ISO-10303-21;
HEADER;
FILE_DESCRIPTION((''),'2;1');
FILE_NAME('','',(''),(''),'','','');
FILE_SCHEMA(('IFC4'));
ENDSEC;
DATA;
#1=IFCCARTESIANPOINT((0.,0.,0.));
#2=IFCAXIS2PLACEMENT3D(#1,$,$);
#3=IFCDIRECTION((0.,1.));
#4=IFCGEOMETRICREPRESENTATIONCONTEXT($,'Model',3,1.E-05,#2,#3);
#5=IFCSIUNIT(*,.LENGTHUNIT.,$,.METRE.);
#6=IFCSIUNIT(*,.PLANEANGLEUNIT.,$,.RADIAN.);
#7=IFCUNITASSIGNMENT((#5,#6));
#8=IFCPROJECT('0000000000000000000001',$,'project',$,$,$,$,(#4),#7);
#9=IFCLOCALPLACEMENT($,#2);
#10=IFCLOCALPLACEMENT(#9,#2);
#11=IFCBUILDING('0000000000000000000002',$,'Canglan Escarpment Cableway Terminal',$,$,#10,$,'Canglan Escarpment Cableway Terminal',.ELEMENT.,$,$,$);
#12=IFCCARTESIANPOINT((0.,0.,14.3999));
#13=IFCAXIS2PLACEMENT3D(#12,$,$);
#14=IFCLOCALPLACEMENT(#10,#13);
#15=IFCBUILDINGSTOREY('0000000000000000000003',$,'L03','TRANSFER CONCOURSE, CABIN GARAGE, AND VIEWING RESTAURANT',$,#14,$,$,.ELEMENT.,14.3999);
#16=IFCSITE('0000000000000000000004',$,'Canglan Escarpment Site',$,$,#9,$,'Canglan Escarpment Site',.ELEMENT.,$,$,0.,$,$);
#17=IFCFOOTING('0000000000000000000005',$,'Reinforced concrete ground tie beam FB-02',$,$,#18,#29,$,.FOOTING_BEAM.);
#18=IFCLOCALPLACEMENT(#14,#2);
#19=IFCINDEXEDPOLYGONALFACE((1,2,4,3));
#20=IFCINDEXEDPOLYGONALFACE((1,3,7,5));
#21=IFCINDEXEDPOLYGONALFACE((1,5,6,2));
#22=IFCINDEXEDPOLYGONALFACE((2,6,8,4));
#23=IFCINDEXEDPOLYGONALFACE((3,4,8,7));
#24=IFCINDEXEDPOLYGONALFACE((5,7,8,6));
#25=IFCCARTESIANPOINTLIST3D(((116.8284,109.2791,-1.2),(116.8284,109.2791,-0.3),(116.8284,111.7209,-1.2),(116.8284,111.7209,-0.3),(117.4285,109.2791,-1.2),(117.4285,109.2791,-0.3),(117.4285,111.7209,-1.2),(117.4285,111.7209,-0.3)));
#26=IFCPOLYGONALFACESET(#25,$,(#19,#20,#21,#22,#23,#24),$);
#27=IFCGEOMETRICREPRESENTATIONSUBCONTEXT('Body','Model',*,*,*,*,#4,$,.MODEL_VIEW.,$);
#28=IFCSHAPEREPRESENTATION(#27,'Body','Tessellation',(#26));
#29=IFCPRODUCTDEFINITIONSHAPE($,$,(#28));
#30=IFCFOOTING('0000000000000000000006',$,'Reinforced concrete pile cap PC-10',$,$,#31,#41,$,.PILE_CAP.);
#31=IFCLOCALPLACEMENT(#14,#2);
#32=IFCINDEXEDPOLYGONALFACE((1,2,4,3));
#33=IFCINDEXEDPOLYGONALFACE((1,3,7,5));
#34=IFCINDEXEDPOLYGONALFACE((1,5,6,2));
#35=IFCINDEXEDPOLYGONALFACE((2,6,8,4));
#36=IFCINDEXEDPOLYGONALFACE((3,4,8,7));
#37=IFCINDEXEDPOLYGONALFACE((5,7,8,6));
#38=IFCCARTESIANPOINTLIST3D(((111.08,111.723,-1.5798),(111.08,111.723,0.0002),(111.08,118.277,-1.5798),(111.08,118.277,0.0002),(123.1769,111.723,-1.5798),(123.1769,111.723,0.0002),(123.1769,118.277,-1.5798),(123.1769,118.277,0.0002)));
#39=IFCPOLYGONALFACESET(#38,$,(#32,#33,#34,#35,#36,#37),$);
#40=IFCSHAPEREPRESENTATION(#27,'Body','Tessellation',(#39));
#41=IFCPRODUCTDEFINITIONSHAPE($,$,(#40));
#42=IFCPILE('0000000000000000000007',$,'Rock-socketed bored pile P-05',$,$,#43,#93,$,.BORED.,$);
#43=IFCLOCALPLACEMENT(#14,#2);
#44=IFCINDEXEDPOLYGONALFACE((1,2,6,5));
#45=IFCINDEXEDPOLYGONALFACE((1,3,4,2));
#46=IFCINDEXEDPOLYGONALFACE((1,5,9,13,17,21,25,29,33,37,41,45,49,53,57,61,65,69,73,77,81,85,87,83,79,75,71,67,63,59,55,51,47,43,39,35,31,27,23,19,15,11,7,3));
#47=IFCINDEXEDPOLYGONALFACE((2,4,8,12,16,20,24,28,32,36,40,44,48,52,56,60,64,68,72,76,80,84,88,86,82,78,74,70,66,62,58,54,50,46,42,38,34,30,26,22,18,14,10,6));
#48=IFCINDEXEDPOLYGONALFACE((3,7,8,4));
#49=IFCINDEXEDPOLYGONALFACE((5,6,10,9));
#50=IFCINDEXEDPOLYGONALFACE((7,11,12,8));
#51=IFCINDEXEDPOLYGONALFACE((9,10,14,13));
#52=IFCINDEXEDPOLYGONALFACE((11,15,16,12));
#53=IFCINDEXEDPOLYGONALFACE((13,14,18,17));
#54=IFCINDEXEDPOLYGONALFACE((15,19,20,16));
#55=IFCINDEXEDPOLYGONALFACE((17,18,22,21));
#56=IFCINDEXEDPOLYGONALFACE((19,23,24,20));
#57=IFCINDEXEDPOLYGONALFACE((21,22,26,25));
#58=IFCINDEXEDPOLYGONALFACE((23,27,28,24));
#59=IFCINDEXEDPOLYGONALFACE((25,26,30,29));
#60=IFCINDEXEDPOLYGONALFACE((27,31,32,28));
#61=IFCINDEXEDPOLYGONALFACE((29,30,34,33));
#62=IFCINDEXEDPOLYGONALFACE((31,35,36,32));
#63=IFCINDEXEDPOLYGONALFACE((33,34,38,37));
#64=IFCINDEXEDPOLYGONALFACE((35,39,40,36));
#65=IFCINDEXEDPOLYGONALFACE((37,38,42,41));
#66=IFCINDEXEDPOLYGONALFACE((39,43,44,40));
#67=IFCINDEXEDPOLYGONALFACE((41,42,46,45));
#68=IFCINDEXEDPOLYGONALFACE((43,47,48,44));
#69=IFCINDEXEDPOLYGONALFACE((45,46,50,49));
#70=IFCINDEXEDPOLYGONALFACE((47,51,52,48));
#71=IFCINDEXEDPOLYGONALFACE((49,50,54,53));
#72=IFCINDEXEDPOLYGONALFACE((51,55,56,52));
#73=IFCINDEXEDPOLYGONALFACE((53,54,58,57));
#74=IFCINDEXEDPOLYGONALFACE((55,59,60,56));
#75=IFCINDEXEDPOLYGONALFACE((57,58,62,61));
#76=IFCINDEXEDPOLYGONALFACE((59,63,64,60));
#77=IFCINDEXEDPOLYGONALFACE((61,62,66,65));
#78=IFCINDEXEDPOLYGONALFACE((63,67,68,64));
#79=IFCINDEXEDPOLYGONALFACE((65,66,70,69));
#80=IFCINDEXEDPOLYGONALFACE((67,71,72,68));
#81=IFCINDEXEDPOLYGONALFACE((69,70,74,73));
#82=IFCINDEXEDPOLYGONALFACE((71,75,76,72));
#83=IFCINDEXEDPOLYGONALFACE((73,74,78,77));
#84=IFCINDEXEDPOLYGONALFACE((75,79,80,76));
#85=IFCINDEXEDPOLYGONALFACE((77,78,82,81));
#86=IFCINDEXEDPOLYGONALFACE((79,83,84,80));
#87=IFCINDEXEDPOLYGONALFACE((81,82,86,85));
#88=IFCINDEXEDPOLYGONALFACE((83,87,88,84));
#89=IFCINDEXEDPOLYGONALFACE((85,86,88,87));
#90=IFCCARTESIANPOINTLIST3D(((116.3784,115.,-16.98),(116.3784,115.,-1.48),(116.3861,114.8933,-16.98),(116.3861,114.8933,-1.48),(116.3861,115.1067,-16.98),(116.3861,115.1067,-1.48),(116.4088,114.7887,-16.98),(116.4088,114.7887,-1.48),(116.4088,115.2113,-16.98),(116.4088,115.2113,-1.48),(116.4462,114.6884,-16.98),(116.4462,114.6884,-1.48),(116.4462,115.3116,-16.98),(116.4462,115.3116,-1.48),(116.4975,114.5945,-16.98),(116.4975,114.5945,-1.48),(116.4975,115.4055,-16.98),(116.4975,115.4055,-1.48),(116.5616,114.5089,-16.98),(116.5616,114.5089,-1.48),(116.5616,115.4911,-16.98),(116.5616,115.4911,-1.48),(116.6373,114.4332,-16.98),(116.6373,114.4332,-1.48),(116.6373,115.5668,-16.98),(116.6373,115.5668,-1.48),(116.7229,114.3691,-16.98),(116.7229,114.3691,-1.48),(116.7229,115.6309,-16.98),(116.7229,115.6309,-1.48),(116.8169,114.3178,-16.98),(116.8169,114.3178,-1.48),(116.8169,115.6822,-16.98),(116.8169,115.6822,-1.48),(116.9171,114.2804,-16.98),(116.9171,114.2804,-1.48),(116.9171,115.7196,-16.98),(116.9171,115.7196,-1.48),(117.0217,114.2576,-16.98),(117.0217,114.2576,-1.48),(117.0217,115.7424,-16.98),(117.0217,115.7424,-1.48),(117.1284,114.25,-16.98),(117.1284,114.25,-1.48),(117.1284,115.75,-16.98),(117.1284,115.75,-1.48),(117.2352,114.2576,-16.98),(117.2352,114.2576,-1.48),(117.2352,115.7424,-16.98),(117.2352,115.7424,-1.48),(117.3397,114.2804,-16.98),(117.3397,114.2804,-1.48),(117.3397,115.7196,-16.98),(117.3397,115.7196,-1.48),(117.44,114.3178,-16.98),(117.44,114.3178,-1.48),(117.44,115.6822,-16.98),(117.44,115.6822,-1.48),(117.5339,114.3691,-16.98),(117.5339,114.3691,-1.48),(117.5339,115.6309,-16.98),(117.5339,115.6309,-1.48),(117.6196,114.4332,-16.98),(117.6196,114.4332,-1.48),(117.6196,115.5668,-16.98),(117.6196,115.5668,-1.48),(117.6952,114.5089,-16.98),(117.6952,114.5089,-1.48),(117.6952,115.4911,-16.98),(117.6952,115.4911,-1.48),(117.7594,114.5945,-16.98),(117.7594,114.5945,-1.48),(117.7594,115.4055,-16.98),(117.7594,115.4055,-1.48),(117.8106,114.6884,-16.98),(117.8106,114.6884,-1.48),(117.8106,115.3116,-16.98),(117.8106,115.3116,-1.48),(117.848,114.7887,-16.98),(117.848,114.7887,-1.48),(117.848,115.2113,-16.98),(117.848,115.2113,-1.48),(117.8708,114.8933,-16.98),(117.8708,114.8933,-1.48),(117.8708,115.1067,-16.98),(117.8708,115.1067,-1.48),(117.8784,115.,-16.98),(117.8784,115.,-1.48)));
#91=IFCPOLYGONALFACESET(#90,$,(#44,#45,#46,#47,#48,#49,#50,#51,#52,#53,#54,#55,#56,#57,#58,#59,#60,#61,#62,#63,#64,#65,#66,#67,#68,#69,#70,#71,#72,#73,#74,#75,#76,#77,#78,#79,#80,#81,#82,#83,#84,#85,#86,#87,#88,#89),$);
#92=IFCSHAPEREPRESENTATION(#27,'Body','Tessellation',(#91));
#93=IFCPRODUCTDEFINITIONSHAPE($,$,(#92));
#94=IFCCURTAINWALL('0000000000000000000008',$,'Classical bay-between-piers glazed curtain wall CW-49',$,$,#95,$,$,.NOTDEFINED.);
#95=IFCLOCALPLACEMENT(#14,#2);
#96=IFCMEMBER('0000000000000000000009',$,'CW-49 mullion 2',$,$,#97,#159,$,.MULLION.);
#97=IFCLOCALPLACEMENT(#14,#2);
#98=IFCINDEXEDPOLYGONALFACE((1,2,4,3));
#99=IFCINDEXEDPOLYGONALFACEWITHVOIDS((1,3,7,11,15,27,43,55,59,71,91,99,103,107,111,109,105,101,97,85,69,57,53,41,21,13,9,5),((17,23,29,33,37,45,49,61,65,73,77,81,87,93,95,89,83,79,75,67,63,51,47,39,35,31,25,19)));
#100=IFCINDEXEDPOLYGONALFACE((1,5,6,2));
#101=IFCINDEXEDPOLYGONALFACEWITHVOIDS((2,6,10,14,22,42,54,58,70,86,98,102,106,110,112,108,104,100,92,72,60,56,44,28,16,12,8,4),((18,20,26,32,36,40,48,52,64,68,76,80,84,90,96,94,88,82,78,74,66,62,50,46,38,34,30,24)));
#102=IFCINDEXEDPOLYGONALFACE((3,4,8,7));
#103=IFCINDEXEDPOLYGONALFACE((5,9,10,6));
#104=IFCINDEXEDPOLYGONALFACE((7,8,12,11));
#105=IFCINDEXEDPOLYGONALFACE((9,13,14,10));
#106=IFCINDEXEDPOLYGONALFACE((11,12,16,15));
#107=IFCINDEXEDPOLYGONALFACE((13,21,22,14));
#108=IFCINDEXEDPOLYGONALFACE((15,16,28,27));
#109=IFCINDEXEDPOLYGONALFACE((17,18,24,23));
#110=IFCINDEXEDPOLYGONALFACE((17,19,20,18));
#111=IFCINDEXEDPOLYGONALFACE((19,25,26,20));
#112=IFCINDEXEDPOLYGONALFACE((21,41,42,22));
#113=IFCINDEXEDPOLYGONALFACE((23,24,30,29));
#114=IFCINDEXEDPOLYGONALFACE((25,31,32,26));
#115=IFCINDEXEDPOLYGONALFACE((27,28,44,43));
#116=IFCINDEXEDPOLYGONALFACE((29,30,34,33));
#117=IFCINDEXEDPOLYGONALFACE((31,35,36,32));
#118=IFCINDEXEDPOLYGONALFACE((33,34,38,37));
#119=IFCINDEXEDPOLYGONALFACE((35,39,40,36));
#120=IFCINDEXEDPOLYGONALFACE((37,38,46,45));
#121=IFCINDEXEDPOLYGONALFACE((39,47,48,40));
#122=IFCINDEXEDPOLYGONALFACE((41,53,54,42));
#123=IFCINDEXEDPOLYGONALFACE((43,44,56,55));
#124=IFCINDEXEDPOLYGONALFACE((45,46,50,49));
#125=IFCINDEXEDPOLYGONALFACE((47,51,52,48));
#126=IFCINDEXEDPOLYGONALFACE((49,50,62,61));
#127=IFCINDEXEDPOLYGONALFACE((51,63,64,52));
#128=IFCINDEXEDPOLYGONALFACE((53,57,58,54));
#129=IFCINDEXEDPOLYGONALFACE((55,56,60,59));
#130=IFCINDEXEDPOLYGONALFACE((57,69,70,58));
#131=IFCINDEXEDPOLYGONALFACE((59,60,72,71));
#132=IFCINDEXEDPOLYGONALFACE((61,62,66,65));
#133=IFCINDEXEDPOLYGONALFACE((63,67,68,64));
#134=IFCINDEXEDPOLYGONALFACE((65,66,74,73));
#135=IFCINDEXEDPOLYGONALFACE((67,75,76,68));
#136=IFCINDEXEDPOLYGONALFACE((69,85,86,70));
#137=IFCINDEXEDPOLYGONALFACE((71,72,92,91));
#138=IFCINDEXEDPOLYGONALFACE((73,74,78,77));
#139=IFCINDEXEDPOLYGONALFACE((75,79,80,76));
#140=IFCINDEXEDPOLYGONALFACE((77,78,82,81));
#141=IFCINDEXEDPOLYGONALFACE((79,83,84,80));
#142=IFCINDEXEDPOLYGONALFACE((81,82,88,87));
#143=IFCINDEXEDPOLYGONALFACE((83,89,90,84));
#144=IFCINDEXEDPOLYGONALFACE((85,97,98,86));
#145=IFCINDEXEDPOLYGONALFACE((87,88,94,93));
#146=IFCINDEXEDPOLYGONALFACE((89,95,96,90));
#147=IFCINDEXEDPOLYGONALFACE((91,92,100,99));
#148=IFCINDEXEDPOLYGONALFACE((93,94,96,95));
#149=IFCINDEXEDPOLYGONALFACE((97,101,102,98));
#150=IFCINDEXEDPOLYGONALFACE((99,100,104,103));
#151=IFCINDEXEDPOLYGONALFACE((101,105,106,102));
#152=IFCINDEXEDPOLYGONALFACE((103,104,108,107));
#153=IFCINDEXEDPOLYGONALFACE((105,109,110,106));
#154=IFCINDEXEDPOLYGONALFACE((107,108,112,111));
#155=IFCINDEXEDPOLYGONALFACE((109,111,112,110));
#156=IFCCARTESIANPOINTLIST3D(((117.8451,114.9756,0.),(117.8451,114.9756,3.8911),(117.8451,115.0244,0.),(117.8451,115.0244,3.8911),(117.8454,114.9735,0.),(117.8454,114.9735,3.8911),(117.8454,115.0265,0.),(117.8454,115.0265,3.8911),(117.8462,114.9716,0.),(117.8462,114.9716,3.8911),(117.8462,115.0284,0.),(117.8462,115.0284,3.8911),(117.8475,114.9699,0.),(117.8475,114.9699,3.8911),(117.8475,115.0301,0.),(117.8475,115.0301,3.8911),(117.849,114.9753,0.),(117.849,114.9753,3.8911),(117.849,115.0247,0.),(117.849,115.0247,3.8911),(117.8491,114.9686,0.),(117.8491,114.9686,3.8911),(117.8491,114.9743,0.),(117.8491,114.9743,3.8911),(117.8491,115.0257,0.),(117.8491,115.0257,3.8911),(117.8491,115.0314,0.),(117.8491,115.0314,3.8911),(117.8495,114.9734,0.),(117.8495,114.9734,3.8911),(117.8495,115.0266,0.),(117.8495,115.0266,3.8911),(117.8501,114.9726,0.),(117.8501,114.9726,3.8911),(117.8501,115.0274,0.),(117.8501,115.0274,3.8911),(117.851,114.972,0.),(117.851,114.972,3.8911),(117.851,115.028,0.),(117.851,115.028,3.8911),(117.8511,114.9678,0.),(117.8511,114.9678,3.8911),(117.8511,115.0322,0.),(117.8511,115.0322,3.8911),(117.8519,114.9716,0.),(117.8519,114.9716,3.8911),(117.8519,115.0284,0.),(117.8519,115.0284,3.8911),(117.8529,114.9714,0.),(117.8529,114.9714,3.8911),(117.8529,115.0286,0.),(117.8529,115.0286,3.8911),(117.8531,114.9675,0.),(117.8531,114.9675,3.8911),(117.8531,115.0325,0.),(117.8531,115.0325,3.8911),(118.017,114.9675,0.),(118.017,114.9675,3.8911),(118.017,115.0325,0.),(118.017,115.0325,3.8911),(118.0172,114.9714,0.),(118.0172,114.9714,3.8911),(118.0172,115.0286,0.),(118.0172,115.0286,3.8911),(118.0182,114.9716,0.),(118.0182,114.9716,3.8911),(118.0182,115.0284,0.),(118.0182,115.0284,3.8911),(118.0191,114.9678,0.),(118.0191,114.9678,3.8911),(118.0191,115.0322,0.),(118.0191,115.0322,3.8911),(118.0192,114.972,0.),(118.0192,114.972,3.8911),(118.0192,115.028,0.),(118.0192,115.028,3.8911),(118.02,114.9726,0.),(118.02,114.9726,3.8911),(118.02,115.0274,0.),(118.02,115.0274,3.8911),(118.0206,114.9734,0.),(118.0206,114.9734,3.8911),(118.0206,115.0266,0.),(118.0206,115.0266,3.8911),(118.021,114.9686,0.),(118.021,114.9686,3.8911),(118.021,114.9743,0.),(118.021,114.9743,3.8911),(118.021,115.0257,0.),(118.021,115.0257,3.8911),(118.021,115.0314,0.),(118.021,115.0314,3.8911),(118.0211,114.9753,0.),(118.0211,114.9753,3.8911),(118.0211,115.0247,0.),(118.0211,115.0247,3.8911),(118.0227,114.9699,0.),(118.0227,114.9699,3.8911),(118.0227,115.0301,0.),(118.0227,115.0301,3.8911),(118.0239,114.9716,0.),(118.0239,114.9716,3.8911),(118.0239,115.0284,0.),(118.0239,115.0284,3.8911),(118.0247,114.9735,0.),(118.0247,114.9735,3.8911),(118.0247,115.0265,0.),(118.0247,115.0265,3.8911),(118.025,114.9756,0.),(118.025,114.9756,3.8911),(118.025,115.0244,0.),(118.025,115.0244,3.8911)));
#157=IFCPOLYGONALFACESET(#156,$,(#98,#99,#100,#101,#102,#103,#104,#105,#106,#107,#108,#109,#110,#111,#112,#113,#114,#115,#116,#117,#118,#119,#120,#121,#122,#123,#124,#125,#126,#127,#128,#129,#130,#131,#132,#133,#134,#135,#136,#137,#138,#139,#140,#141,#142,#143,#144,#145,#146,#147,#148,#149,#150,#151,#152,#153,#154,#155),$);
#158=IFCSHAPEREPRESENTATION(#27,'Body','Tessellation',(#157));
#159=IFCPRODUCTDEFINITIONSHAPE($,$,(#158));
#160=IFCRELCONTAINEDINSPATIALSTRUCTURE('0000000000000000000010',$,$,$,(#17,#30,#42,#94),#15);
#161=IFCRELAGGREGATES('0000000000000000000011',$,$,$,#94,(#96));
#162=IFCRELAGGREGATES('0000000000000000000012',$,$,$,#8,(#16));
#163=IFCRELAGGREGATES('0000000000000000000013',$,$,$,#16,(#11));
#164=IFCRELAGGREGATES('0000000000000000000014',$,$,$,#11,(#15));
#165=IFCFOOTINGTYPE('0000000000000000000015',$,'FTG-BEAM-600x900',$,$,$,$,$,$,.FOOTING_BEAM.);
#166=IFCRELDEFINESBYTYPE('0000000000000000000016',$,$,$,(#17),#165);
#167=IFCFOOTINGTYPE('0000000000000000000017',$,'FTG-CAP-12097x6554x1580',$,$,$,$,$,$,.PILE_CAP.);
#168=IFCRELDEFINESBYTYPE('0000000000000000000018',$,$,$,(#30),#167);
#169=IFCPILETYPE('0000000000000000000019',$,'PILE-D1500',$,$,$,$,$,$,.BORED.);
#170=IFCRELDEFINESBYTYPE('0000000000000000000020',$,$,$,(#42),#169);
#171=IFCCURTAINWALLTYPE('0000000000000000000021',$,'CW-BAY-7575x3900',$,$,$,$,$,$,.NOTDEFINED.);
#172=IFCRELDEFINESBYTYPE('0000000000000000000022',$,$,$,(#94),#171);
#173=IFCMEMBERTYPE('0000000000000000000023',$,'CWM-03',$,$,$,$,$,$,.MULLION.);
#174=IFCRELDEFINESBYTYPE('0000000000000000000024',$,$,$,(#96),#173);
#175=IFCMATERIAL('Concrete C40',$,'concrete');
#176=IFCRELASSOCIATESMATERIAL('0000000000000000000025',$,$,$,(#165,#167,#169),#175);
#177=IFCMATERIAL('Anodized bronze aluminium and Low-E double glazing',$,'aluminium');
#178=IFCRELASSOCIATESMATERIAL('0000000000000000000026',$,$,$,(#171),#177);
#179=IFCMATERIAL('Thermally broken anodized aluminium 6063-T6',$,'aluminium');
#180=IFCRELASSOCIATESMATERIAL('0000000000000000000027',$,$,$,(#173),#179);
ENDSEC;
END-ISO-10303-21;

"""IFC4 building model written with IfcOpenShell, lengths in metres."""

from ifc_helpers import new_model, si_unit, direction, frame, origin, origin_2d, place, context, subcontext, project, spatial, rectangle, hollow_rectangle, circle, extrude, material, material_profile, profile_set, type_object, element, aggregate, save


model = new_model("IFC4")

# Units and contexts
model_context = context("Model", 3, precision=1e-05, world=origin(), true_north=direction((0.0, 1.0)))
body_context = subcontext(model_context, "Body", "Model", "MODEL_VIEW")
ifc_project = project(units=[si_unit("LENGTHUNIT", "METRE"), si_unit("PLANEANGLEUNIT", "RADIAN")], contexts=[model_context])

# Site, building, storey
site_placement = place(None, origin())
site = spatial("IfcSite", under=ifc_project, at=site_placement, Name="Canglan Escarpment Site", LongName="Canglan Escarpment Site", CompositionType="ELEMENT", RefElevation=0.0)
building_placement = place(site_placement, origin())
building = spatial("IfcBuilding", under=site, at=building_placement, Name="Canglan Escarpment Cableway Terminal", LongName="Canglan Escarpment Cableway Terminal", CompositionType="ELEMENT")
storey_placement = place(building_placement, frame((0.0, 0.0, 14.3999)))
storey = spatial("IfcBuildingStorey", under=building, at=storey_placement, Name="L03", Description="TRANSFER CONCOURSE, CABIN GARAGE, AND VIEWING RESTAURANT", CompositionType="ELEMENT", Elevation=14.3999)

# Footings
ifc_material_1 = material(Name="Concrete C40", Category="concrete")
ifc_material_profile_1 = material_profile(ifc_material_1, rectangle(XDim=0.6001, YDim=0.8999, at=origin_2d()), Name="FB 600x900")
ifc_profile_set_1 = profile_set([ifc_material_profile_1], Name="Concrete C40")
footing_type_1 = type_object("IfcFootingType", Name="FTG-BEAM-600x900", PredefinedType="FOOTING_BEAM", material=ifc_profile_set_1)
footing_1_placement = place(storey_placement, frame((117.1284, 109.2791, -0.75), z_axis=(0.0, 1.0, 0.0), x_axis=(-1.0, 0.0, 0.0)))
element("IfcFooting", 1, at=footing_1_placement, inside=storey, type_object=footing_type_1, Name="Reinforced concrete ground tie beam FB-02", PredefinedType="FOOTING_BEAM", context=body_context, shape_type="SweptSolid", body=[
    extrude(rectangle(XDim=0.6001, YDim=0.8999, at=origin_2d()), origin(), (0.0, 0.0, 1.0), 2.4419),
])
footing_type_2 = type_object("IfcFootingType", Name="FTG-CAP-12097x6554x1580", PredefinedType="PILE_CAP", material=ifc_material_1)
footing_2_placement = place(storey_placement, frame((117.1284, 115.0, -1.5798), z_axis=(0.0, 0.0, 1.0), x_axis=(1.0, 0.0, 0.0)))
element("IfcFooting", 2, at=footing_2_placement, inside=storey, type_object=footing_type_2, Name="Reinforced concrete pile cap PC-10", PredefinedType="PILE_CAP", context=body_context, shape_type="SweptSolid", body=[
    extrude(rectangle(XDim=12.0969, YDim=6.554, at=origin_2d()), origin(), (0.0, 0.0, 1.0), 1.5801),
])

# Pile
ifc_material_profile_2 = material_profile(ifc_material_1, circle(Radius=0.75, at=origin_2d()), Name="BORED PILE D1500")
ifc_profile_set_2 = profile_set([ifc_material_profile_2], Name="Concrete C40")
pile_type = type_object("IfcPileType", Name="PILE-D1500", PredefinedType="BORED", material=ifc_profile_set_2)
pile_placement = place(storey_placement, frame((117.1284, 115.0, -1.48), z_axis=(0.0, 0.0, -1.0), x_axis=(1.0, 0.0, 0.0)))
element("IfcPile", 3, at=pile_placement, inside=storey, type_object=pile_type, Name="Rock-socketed bored pile P-05", PredefinedType="BORED", context=body_context, shape_type="SweptSolid", body=[
    extrude(circle(Radius=0.75, at=origin_2d()), origin(), (0.0, 0.0, 1.0), 15.5),
])

# Curtain wall, member
ifc_material_2 = material(Name="Anodized bronze aluminium and Low-E double glazing", Category="aluminium")
curtain_wall_type = type_object("IfcCurtainWallType", Name="CW-BAY-7575x3900", PredefinedType="NOTDEFINED", material=ifc_material_2)
curtain_wall_placement = place(storey_placement, origin())
curtain_wall = element("IfcCurtainWall", 4, at=curtain_wall_placement, inside=storey, type_object=curtain_wall_type, Name="Classical bay-between-piers glazed curtain wall CW-49", PredefinedType="NOTDEFINED")
ifc_material_3 = material(Name="Thermally broken anodized aluminium 6063-T6", Category="aluminium")
ifc_material_profile_3 = material_profile(ifc_material_3, hollow_rectangle(XDim=0.0649, YDim=0.1799, WallThickness=0.0039, InnerFilletRadius=0.0039, OuterFilletRadius=0.0081, at=origin_2d()), Name="ALU-MULL 65x180x4")
ifc_profile_set_3 = profile_set([ifc_material_profile_3], Name="Thermally broken anodized aluminium 6063-T6")
member_type_1 = type_object("IfcMemberType", Name="CWM-03", PredefinedType="MULLION", material=ifc_profile_set_3)
member_1_placement = place(storey_placement, frame((117.9351, 115.0, 0.0), z_axis=(0.0, 0.0, 1.0), x_axis=(0.0, -1.0, 0.0)))
member_1 = element("IfcMember", 5, at=member_1_placement, type_object=member_type_1, Name="CW-49 mullion 2", PredefinedType="MULLION", context=body_context, shape_type="SweptSolid", body=[
    extrude(hollow_rectangle(XDim=0.0649, YDim=0.1799, WallThickness=0.0039, InnerFilletRadius=0.0039, OuterFilletRadius=0.0081, at=origin_2d()), origin(), (0.0, 0.0, 1.0), 3.8911),
])
aggregate(curtain_wall, [member_1])

save(model, "model.ifc")
